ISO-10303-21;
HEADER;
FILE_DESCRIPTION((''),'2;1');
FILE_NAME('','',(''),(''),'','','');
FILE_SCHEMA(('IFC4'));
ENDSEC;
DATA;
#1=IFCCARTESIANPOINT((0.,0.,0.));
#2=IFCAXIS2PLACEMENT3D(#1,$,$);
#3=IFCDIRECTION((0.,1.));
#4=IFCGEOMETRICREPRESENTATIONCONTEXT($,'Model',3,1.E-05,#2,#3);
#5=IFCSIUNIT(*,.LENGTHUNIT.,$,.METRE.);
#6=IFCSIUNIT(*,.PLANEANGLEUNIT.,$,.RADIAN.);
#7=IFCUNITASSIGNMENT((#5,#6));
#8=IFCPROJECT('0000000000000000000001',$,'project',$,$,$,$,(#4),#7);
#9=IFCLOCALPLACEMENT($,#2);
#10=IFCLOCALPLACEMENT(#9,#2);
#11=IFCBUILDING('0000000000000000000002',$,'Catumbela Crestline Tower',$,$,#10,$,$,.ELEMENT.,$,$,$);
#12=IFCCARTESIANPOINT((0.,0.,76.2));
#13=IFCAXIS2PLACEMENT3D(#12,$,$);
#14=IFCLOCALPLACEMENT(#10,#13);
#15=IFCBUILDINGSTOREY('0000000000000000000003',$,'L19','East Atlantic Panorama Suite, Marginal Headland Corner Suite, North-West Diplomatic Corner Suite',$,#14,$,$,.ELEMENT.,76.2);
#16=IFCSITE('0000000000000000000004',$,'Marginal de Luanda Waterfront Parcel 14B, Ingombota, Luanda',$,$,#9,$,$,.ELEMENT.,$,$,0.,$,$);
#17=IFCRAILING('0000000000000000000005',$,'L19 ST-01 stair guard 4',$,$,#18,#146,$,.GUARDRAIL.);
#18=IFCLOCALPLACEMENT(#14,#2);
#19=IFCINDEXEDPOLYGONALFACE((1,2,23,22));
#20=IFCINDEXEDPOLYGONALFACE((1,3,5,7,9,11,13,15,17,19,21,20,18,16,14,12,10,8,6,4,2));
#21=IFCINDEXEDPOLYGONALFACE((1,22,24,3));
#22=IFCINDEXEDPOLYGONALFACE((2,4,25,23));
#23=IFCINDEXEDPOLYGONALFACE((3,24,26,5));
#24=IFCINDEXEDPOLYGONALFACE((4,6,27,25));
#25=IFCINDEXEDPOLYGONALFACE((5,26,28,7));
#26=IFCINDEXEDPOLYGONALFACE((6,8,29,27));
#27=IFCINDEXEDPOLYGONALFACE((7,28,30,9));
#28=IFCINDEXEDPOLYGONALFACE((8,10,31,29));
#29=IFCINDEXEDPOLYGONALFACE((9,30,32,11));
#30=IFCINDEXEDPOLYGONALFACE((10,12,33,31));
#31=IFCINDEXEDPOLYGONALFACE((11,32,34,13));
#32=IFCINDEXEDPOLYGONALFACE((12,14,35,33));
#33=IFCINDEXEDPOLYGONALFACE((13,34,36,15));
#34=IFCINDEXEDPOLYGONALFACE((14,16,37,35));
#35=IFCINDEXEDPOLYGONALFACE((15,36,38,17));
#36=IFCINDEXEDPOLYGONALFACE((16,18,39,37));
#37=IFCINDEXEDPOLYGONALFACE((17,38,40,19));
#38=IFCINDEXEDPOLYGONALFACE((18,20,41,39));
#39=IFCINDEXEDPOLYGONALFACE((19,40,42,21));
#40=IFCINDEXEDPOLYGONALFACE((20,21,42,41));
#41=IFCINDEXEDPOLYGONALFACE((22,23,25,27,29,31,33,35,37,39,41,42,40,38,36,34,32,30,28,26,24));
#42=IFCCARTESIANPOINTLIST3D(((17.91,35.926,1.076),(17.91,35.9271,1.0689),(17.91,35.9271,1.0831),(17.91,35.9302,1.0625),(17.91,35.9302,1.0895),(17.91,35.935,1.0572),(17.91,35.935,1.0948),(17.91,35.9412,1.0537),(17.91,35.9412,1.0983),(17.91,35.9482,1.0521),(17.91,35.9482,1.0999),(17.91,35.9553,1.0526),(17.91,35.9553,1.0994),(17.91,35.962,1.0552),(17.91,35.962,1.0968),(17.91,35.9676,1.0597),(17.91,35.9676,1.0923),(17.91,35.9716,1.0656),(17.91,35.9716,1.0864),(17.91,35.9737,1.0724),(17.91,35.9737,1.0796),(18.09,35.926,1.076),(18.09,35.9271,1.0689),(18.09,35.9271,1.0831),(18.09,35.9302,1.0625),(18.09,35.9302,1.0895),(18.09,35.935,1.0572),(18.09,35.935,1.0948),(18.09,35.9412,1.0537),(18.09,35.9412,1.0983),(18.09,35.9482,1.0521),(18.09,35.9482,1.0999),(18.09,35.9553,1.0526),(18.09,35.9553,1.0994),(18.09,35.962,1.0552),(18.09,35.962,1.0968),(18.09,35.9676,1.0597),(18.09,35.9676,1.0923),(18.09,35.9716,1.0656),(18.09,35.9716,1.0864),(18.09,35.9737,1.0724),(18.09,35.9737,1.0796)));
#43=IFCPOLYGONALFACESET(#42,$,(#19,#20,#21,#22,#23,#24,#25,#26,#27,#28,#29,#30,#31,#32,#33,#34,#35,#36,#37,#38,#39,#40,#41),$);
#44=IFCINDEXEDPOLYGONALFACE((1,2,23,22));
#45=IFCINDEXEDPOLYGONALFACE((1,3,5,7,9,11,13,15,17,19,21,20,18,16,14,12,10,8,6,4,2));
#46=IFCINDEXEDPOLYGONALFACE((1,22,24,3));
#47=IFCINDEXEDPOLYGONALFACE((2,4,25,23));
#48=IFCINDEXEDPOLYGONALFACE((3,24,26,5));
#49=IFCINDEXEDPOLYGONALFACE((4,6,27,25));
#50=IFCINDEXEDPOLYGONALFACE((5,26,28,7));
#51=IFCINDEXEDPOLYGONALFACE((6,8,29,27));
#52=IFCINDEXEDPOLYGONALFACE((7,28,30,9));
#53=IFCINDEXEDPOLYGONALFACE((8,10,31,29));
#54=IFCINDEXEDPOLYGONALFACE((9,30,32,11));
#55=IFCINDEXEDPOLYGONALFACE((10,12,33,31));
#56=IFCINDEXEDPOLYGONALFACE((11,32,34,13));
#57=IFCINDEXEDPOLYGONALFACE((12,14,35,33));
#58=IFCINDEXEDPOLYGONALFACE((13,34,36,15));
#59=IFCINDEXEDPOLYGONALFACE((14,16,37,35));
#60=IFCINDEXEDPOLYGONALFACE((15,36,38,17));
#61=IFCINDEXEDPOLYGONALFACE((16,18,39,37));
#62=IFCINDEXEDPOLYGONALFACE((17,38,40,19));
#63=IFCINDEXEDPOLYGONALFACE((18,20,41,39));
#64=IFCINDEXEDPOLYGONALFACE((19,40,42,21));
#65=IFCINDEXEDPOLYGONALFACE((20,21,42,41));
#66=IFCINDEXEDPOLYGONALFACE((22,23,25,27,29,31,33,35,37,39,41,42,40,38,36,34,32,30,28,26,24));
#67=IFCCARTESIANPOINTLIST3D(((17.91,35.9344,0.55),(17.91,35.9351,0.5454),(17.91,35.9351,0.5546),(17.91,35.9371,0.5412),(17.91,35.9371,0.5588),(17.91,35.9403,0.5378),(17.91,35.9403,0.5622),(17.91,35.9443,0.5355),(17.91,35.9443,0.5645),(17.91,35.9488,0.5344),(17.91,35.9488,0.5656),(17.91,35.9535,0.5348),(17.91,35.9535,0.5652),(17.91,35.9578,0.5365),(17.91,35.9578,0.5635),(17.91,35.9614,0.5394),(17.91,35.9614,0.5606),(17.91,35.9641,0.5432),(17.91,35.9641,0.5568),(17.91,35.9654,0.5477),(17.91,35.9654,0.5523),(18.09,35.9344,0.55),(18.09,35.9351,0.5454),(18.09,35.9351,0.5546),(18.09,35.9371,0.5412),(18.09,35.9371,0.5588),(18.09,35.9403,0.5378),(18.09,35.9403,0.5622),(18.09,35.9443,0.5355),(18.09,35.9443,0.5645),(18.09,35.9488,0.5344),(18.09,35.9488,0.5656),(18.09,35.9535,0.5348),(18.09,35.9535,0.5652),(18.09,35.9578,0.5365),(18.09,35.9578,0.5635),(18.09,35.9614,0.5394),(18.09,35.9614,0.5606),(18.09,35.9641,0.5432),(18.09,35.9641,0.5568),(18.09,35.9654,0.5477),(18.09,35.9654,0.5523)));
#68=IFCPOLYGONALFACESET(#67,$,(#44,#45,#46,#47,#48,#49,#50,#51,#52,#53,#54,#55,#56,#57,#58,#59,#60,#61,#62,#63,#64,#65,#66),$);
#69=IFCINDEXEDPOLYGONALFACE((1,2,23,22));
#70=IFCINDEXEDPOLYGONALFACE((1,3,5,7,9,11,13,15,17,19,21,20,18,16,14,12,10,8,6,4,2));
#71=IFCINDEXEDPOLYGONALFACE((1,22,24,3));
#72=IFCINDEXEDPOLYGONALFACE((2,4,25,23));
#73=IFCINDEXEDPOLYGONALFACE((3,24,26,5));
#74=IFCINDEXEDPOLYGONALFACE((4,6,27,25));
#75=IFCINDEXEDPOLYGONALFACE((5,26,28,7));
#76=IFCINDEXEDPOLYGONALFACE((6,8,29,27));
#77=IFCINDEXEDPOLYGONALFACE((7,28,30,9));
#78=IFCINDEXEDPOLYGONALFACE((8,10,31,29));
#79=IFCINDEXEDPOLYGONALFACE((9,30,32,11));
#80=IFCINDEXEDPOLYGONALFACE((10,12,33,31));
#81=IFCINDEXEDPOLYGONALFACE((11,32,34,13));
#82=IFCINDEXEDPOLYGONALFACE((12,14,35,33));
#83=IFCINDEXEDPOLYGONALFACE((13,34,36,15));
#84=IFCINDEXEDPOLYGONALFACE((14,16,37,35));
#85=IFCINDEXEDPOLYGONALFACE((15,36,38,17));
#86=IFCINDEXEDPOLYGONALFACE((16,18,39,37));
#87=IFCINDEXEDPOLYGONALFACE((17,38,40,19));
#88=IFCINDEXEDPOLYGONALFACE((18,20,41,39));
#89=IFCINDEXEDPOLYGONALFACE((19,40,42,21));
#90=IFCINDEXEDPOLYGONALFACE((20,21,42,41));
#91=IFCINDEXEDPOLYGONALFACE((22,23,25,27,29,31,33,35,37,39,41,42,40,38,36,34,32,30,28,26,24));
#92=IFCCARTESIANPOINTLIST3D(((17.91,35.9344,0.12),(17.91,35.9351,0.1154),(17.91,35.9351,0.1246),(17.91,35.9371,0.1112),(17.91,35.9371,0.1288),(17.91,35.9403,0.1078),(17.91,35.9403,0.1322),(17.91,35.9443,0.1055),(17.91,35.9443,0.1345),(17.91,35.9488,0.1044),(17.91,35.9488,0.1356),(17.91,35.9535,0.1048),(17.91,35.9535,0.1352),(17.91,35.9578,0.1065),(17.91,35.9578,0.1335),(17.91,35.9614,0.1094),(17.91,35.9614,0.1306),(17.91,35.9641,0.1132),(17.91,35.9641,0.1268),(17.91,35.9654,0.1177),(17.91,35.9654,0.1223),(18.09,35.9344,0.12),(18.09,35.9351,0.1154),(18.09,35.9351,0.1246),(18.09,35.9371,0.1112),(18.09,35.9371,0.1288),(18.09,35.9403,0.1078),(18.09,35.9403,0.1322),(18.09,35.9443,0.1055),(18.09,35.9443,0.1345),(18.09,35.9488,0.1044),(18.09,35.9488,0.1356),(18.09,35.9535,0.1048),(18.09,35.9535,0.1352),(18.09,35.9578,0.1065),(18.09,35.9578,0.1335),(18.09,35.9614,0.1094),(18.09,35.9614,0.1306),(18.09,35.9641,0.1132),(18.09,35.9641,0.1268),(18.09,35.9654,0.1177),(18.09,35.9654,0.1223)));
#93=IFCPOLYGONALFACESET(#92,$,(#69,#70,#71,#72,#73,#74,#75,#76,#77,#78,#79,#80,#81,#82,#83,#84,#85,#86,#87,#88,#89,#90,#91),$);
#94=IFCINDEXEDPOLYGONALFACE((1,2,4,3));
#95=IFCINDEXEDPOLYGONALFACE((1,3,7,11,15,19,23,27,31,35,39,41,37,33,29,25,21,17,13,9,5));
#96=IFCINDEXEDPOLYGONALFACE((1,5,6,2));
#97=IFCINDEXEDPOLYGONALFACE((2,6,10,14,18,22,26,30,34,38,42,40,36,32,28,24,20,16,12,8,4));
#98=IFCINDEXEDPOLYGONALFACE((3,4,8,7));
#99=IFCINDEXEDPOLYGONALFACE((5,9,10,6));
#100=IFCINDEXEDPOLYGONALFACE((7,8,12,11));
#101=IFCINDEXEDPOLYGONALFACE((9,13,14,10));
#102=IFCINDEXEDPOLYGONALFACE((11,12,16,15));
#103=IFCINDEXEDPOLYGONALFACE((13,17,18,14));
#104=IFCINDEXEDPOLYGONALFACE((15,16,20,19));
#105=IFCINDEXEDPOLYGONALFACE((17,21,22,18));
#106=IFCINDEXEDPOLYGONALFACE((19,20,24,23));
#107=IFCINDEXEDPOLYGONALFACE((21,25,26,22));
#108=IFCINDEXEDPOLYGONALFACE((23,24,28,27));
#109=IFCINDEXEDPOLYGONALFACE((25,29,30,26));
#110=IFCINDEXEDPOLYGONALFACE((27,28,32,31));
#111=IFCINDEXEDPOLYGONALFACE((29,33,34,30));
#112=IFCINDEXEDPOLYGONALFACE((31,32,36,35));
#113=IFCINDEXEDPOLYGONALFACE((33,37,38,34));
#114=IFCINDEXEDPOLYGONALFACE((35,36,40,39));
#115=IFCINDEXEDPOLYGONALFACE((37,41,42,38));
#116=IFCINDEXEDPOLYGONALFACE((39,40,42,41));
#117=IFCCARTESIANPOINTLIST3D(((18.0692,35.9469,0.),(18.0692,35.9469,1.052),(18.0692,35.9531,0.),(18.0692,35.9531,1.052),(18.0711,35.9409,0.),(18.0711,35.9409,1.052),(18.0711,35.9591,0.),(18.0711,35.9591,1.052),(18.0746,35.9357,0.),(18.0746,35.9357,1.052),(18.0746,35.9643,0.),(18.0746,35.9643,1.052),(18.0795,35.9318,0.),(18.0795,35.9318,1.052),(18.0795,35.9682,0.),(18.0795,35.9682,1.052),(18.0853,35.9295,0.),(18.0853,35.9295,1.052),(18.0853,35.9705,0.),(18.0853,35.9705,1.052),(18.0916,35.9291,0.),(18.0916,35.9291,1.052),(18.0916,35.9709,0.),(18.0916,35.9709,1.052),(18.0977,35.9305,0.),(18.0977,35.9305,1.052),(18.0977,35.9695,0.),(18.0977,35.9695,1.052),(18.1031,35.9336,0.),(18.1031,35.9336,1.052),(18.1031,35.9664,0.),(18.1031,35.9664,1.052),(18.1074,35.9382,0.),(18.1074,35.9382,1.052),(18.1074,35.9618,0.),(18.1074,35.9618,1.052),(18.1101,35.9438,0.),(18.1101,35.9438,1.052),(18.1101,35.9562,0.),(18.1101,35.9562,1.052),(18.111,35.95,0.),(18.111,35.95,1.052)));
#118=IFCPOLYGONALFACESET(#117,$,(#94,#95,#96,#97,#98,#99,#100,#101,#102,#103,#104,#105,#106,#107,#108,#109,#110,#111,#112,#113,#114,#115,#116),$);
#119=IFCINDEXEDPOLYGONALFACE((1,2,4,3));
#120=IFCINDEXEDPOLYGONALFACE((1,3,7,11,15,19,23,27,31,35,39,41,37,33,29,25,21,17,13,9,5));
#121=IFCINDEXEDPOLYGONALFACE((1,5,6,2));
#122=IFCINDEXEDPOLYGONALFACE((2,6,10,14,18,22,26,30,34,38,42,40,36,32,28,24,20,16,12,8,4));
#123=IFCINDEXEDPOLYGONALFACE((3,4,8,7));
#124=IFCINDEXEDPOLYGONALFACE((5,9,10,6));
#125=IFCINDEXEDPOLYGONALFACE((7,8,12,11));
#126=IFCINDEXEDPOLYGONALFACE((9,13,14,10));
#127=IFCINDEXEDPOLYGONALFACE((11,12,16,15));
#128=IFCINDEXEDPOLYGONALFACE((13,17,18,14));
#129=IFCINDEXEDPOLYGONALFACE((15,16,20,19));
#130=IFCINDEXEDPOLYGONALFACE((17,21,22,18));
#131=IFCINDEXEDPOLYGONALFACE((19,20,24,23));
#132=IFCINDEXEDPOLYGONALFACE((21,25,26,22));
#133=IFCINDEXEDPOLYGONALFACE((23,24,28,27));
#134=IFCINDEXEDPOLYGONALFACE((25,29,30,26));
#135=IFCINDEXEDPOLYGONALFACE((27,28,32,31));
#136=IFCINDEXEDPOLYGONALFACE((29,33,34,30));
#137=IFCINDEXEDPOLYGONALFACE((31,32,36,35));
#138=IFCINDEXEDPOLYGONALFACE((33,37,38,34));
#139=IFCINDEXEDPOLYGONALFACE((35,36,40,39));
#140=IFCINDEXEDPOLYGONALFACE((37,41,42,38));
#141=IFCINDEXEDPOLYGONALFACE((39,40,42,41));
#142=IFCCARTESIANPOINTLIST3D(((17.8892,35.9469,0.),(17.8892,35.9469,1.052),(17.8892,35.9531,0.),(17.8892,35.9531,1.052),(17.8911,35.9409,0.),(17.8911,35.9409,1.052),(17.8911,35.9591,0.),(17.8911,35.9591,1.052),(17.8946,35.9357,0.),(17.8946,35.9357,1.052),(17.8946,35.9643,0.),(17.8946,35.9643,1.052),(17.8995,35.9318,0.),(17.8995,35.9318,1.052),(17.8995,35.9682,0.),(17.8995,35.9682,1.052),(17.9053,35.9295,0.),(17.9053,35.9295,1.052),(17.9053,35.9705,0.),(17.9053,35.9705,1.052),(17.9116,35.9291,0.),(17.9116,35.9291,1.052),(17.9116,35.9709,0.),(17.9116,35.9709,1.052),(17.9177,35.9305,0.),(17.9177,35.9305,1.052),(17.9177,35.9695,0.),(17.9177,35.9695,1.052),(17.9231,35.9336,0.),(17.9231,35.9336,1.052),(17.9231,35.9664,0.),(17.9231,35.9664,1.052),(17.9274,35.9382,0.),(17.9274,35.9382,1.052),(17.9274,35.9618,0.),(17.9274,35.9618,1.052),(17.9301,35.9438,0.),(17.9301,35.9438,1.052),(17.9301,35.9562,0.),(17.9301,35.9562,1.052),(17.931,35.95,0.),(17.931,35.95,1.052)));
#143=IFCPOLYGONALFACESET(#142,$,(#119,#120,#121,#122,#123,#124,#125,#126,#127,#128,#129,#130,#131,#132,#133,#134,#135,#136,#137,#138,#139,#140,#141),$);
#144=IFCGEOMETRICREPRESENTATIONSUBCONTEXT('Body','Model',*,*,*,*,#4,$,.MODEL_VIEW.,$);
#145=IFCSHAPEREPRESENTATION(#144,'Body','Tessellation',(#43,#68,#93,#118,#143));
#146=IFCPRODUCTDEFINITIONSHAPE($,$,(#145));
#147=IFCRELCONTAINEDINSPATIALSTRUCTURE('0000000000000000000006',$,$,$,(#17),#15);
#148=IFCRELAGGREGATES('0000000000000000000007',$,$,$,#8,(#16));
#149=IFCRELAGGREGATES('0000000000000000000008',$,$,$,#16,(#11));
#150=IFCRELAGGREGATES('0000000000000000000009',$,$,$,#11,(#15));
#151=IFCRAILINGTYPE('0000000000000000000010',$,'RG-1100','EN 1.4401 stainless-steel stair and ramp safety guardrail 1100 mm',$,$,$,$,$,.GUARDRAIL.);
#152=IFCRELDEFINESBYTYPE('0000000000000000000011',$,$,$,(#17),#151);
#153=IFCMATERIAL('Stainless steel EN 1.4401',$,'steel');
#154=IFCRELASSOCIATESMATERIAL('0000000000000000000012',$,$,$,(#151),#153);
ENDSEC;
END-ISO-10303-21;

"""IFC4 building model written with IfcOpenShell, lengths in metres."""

from ifc_helpers import new_model, si_unit, direction, frame, origin, origin_2d, place, context, subcontext, project, spatial, circle, extrude, material, type_object, element, save


model = new_model("IFC4")

# Units and contexts
model_context = context("Model", 3, precision=1e-05, world=origin(), true_north=direction((0.0, 1.0)))
body_context = subcontext(model_context, "Body", "Model", "MODEL_VIEW")
ifc_project = project(units=[si_unit("LENGTHUNIT", "METRE"), si_unit("PLANEANGLEUNIT", "RADIAN")], contexts=[model_context])

# Site, building, storey
site_placement = place(None, origin())
site = spatial("IfcSite", under=ifc_project, at=site_placement, Name="Marginal de Luanda Waterfront Parcel 14B, Ingombota, Luanda", CompositionType="ELEMENT", RefElevation=0.0)
building_placement = place(site_placement, origin())
building = spatial("IfcBuilding", under=site, at=building_placement, Name="Catumbela Crestline Tower", CompositionType="ELEMENT")
storey_placement = place(building_placement, frame((0.0, 0.0, 76.2)))
storey = spatial("IfcBuildingStorey", under=building, at=storey_placement, Name="L19", Description="East Atlantic Panorama Suite, Marginal Headland Corner Suite, North-West Diplomatic Corner Suite", CompositionType="ELEMENT", Elevation=76.2)

# Shared definitions
ifc_material_1 = material(Name="Stainless steel EN 1.4401", Category="steel")

# Railing
railing_type_1 = type_object("IfcRailingType", Name="RG-1100", Description="EN 1.4401 stainless-steel stair and ramp safety guardrail 1100 mm", PredefinedType="GUARDRAIL", material=ifc_material_1)
railing_1_placement = place(storey_placement, frame((18.09, 35.95, 0.0)))
element("IfcRailing", 1, at=railing_1_placement, inside=storey, type_object=railing_type_1, Name="L19 ST-01 stair guard 4", PredefinedType="GUARDRAIL", context=body_context, shape_type="SweptSolid", body=[
    extrude(circle(Radius=0.024, at=origin_2d()), frame((0.0, 0.0, 1.076), z_axis=(-1.0, 0.0, 0.0), x_axis=(0.0, -1.0, 0.0)), (0.0, 0.0, 1.0), 0.18),
    extrude(circle(Radius=0.0156, at=origin_2d()), frame((0.0, 0.0, 0.55), z_axis=(-1.0, 0.0, 0.0), x_axis=(0.0, -1.0, 0.0)), (0.0, 0.0, 1.0), 0.18),
    extrude(circle(Radius=0.0156, at=origin_2d()), frame((0.0, 0.0, 0.12), z_axis=(-1.0, 0.0, 0.0), x_axis=(0.0, -1.0, 0.0)), (0.0, 0.0, 1.0), 0.18),
    extrude(circle(Radius=0.021, at=origin_2d()), origin(), (0.0, 0.0, 1.0), 1.052),
    extrude(circle(Radius=0.021, at=origin_2d()), frame((-0.18, 0.0, 0.0)), (0.0, 0.0, 1.0), 1.052),
])

save(model, "model.ifc")
